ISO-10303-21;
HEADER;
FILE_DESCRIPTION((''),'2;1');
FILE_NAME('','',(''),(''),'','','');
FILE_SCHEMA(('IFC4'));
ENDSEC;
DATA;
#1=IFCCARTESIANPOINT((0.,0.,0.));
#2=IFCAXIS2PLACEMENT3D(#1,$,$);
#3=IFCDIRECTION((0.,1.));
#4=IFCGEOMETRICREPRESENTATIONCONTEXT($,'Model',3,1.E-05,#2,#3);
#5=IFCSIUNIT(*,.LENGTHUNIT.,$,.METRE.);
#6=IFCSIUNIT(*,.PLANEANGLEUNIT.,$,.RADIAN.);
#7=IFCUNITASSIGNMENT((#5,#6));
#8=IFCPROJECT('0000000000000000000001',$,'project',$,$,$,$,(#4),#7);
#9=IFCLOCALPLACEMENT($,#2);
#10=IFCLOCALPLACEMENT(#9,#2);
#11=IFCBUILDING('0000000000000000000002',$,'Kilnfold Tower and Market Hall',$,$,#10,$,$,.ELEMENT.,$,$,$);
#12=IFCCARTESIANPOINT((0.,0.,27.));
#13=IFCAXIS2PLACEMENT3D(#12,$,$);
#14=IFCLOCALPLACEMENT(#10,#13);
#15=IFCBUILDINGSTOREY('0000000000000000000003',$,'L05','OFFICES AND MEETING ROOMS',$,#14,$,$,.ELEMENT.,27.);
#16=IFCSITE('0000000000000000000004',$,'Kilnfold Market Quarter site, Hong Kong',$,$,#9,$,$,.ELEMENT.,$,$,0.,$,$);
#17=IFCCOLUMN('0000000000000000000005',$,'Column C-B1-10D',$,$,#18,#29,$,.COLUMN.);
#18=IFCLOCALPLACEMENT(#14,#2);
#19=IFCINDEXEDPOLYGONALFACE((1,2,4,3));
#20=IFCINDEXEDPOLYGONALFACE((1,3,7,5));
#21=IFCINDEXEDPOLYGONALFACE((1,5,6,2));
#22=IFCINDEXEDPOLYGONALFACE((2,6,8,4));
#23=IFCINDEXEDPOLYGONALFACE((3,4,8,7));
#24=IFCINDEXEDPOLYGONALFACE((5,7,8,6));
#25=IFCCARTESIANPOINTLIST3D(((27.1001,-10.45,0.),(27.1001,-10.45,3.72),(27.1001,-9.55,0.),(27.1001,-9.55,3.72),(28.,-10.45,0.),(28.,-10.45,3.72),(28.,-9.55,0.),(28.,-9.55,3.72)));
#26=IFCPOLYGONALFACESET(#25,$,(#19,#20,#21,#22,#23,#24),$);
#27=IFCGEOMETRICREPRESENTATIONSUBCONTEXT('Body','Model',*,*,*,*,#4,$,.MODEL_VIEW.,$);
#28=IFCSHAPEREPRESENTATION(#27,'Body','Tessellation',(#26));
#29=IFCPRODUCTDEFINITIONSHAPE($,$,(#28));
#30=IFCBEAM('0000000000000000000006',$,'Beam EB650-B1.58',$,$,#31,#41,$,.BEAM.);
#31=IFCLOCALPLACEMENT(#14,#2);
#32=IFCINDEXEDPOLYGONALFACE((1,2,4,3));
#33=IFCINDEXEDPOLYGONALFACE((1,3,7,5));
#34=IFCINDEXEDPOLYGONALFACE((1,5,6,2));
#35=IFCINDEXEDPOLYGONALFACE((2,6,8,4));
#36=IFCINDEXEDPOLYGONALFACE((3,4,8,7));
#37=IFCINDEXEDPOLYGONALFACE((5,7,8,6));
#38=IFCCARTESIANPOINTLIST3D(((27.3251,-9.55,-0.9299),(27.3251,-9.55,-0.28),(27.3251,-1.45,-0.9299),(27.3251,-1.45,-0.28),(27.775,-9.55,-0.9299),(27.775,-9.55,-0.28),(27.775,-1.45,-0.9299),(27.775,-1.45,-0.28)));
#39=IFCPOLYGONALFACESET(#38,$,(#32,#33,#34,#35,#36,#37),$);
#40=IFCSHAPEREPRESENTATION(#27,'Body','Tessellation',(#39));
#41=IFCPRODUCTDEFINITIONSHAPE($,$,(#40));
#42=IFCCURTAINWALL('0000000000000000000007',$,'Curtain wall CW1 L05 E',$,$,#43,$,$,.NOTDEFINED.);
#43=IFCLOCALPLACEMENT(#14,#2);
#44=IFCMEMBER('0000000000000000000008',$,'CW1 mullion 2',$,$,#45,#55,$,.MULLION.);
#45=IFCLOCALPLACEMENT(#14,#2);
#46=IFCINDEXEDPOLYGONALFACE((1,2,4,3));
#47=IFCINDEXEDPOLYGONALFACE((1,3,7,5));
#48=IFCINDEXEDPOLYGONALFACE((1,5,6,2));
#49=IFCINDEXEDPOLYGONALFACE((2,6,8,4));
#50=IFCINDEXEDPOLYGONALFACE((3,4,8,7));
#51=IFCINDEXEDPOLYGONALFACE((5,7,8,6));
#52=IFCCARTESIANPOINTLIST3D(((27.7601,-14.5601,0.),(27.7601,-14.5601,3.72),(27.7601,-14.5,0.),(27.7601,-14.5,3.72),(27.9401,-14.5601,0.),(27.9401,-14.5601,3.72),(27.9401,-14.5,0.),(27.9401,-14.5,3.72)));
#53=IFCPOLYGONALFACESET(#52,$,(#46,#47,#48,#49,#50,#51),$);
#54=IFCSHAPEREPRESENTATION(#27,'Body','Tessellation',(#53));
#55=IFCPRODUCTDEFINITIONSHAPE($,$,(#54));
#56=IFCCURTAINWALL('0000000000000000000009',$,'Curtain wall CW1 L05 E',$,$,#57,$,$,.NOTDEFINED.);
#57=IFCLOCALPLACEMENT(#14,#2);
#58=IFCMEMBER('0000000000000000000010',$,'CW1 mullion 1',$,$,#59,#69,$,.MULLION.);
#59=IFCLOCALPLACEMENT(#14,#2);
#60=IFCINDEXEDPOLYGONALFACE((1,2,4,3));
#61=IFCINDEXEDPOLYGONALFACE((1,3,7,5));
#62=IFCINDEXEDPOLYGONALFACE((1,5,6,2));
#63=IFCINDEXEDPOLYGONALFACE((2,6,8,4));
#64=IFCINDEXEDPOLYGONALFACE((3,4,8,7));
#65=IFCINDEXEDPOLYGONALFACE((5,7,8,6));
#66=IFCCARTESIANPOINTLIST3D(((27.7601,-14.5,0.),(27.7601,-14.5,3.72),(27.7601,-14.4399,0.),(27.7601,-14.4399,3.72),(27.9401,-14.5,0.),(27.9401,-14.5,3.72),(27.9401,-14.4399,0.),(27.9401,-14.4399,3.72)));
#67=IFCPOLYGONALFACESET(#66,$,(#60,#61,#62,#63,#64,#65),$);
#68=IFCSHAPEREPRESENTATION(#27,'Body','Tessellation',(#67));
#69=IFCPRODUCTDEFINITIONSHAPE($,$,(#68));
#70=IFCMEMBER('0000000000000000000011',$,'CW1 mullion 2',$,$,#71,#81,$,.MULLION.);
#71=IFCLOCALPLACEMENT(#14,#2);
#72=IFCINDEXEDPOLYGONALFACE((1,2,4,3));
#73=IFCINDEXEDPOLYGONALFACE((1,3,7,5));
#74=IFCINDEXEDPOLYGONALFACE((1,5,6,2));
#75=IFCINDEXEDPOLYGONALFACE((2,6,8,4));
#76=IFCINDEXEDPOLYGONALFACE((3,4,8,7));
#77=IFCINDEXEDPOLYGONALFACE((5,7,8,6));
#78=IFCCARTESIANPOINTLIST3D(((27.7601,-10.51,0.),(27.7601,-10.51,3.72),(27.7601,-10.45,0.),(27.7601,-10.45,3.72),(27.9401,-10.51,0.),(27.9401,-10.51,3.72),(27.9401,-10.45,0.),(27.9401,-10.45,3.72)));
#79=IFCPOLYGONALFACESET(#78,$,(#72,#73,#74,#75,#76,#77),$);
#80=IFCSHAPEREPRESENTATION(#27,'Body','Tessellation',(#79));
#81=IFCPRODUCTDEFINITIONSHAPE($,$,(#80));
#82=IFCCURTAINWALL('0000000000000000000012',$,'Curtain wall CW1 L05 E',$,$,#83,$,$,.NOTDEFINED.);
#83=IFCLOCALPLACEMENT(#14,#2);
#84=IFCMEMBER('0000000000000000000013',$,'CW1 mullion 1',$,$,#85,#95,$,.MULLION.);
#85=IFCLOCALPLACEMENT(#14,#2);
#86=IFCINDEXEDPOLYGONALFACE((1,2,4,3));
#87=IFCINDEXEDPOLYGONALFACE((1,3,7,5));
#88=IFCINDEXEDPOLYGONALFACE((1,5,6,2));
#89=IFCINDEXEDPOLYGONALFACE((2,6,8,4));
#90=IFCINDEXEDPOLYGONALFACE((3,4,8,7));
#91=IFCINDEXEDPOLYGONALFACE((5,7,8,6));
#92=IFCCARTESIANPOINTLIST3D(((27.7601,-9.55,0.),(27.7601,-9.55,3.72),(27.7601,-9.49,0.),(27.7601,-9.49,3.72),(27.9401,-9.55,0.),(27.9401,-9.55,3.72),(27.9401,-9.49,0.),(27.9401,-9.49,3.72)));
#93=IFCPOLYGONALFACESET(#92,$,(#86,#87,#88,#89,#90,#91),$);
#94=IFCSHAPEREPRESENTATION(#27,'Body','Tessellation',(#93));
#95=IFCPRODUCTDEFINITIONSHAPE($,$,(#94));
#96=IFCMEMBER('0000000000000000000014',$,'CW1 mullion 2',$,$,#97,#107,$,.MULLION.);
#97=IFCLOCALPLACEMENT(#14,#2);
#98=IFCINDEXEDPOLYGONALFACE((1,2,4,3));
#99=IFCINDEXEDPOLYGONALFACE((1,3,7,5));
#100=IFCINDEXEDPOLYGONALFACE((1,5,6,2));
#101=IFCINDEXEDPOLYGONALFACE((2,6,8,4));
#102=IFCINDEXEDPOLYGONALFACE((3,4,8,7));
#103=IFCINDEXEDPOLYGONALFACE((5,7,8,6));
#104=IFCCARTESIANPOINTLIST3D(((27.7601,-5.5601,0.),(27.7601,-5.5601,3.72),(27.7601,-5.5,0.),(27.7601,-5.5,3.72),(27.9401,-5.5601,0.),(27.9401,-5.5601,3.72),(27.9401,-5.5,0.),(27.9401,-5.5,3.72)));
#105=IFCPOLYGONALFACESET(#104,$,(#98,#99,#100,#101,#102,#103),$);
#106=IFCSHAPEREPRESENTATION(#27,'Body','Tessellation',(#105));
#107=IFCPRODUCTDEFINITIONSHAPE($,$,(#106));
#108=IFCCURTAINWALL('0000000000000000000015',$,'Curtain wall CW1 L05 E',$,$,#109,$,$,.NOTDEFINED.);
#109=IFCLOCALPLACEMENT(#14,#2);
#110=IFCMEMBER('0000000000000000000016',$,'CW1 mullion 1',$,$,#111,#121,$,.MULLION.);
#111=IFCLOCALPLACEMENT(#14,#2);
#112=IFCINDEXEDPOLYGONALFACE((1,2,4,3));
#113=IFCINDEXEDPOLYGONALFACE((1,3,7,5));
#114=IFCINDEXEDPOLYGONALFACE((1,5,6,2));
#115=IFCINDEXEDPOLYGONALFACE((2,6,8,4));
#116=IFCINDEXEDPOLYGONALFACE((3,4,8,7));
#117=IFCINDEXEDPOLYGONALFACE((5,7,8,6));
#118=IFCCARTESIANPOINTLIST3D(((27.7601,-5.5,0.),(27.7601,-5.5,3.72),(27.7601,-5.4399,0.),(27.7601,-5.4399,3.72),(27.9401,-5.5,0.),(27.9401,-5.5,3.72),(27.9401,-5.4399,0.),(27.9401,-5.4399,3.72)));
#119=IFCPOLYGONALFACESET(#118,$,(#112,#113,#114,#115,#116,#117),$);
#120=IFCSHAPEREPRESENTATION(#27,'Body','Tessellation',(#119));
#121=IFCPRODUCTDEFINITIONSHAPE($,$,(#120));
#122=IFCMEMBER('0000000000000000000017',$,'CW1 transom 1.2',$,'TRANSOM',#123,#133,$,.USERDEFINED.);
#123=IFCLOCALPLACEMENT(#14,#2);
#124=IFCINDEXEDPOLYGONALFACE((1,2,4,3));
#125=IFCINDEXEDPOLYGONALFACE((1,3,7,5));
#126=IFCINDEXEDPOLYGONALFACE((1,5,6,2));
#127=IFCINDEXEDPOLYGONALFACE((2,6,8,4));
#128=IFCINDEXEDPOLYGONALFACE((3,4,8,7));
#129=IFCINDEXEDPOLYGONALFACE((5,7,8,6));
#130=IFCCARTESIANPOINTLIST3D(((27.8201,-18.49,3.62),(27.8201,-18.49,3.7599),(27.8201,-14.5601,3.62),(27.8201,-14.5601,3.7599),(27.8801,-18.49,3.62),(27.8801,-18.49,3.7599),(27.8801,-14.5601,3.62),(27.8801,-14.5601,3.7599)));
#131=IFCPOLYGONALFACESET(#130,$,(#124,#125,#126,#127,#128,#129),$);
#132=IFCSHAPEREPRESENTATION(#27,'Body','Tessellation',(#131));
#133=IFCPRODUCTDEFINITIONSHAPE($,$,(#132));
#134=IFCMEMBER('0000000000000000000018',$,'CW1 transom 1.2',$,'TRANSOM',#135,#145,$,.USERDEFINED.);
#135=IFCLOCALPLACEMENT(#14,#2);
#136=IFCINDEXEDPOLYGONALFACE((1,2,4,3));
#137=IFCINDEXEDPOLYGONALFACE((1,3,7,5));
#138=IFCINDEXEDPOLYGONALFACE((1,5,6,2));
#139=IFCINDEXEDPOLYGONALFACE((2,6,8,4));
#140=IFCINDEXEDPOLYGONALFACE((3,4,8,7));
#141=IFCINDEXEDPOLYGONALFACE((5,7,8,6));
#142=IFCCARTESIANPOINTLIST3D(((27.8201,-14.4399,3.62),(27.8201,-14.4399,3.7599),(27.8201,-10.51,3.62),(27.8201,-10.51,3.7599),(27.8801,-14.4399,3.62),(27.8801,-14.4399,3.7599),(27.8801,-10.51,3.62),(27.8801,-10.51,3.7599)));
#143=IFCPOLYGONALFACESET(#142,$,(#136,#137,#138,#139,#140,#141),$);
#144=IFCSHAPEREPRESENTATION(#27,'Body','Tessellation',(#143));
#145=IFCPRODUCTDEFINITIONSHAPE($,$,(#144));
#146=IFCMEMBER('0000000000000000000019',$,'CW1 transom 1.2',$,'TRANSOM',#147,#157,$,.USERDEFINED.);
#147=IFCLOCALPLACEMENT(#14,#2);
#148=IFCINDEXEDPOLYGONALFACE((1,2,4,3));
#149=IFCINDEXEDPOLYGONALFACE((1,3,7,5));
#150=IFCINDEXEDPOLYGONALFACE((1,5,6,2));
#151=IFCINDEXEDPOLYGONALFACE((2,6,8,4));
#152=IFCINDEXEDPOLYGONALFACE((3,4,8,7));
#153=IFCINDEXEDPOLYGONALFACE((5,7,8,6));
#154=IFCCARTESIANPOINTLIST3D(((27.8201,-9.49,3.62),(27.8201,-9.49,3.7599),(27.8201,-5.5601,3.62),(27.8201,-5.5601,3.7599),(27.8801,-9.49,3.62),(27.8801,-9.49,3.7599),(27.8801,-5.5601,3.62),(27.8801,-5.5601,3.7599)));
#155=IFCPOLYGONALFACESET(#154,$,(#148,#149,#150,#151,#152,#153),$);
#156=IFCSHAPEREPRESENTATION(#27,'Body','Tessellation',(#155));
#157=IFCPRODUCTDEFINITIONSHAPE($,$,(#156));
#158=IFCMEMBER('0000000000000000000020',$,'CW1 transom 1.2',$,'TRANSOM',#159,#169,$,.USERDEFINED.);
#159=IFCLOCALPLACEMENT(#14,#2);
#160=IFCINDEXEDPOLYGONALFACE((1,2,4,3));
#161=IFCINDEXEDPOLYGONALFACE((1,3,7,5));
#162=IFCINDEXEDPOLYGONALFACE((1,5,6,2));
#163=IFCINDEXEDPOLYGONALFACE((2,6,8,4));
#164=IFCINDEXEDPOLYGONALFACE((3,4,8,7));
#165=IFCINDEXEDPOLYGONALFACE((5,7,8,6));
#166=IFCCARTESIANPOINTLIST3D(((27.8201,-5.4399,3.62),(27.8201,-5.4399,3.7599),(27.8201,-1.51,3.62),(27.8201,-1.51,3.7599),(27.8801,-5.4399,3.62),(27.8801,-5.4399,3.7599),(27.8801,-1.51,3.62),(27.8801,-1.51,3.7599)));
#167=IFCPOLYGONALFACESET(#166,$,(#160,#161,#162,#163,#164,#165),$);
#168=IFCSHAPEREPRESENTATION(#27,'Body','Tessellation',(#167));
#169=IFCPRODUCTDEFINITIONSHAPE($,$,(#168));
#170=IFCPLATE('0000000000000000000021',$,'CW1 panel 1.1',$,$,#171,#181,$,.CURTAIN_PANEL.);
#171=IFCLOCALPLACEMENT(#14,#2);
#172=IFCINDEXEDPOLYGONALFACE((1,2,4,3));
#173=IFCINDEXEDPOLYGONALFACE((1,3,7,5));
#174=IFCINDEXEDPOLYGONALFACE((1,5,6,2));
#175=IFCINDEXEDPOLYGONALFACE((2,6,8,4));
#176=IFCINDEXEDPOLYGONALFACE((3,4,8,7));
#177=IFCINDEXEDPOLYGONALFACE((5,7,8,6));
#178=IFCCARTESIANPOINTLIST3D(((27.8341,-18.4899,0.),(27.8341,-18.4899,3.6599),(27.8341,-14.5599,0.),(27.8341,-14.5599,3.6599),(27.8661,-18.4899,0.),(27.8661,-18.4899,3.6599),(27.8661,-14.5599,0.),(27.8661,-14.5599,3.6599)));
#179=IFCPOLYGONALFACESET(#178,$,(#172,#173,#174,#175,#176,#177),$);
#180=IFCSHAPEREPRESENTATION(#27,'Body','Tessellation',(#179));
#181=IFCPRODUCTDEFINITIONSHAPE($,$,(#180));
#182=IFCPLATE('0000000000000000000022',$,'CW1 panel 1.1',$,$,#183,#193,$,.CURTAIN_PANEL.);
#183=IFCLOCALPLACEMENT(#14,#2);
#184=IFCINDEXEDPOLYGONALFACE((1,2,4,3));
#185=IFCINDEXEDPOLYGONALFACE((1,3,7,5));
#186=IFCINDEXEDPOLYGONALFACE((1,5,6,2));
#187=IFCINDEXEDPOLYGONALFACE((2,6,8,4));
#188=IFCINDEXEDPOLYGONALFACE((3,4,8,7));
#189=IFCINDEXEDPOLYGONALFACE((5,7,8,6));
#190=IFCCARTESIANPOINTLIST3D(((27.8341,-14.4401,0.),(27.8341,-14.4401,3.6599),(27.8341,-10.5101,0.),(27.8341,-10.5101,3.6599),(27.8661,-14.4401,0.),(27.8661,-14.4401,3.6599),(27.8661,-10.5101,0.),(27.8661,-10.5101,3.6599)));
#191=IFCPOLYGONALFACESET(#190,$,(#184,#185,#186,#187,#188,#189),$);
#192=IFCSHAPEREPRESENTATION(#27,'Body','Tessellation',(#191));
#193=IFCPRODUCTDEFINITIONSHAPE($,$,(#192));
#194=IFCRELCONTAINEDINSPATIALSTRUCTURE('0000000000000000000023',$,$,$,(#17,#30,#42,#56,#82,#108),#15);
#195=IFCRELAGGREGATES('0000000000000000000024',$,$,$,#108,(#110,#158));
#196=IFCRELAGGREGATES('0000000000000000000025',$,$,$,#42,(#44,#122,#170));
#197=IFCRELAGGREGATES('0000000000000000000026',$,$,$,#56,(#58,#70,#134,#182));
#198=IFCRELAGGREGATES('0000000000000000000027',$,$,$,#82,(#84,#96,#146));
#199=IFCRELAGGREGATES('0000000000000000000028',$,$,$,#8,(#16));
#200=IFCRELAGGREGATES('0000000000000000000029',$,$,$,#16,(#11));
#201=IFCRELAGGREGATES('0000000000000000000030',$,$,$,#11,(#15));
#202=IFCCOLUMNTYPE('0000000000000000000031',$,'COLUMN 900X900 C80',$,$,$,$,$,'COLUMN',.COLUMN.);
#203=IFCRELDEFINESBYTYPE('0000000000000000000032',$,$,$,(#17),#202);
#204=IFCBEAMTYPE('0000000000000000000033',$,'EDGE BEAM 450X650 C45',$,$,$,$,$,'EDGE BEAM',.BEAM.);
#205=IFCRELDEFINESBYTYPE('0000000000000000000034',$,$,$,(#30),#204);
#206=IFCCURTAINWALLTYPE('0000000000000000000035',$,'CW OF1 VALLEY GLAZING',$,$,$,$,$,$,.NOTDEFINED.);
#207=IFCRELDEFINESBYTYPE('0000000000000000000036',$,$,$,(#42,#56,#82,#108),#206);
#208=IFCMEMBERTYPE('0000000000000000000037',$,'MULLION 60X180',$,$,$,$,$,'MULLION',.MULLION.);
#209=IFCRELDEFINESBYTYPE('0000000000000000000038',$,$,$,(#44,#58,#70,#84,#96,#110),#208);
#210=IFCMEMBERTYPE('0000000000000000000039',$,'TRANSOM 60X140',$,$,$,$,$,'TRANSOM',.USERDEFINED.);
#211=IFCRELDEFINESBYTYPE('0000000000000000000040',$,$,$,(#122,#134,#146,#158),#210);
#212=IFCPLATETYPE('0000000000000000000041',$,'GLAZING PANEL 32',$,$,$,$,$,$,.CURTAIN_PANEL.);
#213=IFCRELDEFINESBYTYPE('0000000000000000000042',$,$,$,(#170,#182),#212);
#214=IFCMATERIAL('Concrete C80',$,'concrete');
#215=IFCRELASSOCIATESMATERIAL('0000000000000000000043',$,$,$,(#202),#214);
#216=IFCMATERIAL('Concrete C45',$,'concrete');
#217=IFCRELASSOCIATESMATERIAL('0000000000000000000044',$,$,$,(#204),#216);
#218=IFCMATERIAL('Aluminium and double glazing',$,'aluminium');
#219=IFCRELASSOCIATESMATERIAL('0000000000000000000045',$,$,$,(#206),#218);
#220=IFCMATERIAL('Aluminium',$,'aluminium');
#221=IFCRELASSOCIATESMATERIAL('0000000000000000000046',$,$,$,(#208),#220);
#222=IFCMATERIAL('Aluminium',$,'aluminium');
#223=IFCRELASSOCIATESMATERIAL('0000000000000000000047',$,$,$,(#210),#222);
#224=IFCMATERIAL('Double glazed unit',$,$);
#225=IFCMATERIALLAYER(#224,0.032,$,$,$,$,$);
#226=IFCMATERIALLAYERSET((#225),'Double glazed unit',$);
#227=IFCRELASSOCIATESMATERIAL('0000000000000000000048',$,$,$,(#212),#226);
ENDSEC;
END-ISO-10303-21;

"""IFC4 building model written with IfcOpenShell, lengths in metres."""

from ifc_helpers import new_model, si_unit, direction, frame, origin, origin_2d, place, context, subcontext, project, spatial, rectangle, extrude, source, transform, mapped, material, layer, layer_set, material_profile, profile_set, type_object, element, aggregate, save


model = new_model("IFC4")

# Units and contexts
model_context = context("Model", 3, precision=1e-05, world=origin(), true_north=direction((0.0, 1.0)))
body_context = subcontext(model_context, "Body", "Model", "MODEL_VIEW")
ifc_project = project(units=[si_unit("LENGTHUNIT", "METRE"), si_unit("PLANEANGLEUNIT", "RADIAN")], contexts=[model_context])

# Site, building, storey
site_placement = place(None, origin())
site = spatial("IfcSite", under=ifc_project, at=site_placement, Name="Kilnfold Market Quarter site, Hong Kong", CompositionType="ELEMENT", RefElevation=0.0)
building_placement = place(site_placement, origin())
building = spatial("IfcBuilding", under=site, at=building_placement, Name="Kilnfold Tower and Market Hall", CompositionType="ELEMENT")
storey_placement = place(building_placement, frame((0.0, 0.0, 27.0)))
storey = spatial("IfcBuildingStorey", under=building, at=storey_placement, Name="L05", Description="OFFICES AND MEETING ROOMS", CompositionType="ELEMENT", Elevation=27.0)

# Column
ifc_material_1 = material(Name="Concrete C80", Category="concrete")
ifc_material_profile_1 = material_profile(ifc_material_1, rectangle(XDim=0.8999, YDim=0.8999, at=origin_2d()), Name="RC 900x900")
ifc_profile_set_1 = profile_set([ifc_material_profile_1], Name="Concrete C80")
column_type = type_object("IfcColumnType", Name="COLUMN 900X900 C80", ElementType="COLUMN", PredefinedType="COLUMN", material=ifc_profile_set_1)
shared_shape_1 = source(origin(), body_context, "Body", "SweptSolid", [
    extrude(rectangle(XDim=0.8999, YDim=0.8999, at=origin_2d()), origin(), (0.0, 0.0, 1.0), 3.72),
])
column_placement = place(storey_placement, frame((27.55, -10.0, 0.0), z_axis=(0.0, 0.0, 1.0), x_axis=(1.0, 0.0, 0.0)))
element("IfcColumn", 1, at=column_placement, inside=storey, type_object=column_type, Name="Column C-B1-10D", PredefinedType="COLUMN", context=body_context, shape_type="MappedRepresentation", body=[
    mapped(shared_shape_1, transform((0.0, 0.0, 0.0))),
])

# Beam
ifc_material_2 = material(Name="Concrete C45", Category="concrete")
ifc_material_profile_2 = material_profile(ifc_material_2, rectangle(XDim=0.45, YDim=0.6499, at=origin_2d()), Name="RC 450x650")
ifc_profile_set_2 = profile_set([ifc_material_profile_2], Name="Concrete C45")
beam_type = type_object("IfcBeamType", Name="EDGE BEAM 450X650 C45", ElementType="EDGE BEAM", PredefinedType="BEAM", material=ifc_profile_set_2)
shared_shape_2 = source(origin(), body_context, "Body", "SweptSolid", [
    extrude(rectangle(XDim=0.45, YDim=0.6499, at=origin_2d()), origin(), (0.0, 0.0, 1.0), 8.1001),
])
beam_placement = place(storey_placement, frame((27.55, -9.55, -0.605), z_axis=(0.0, 1.0, 0.0), x_axis=(-1.0, 0.0, 0.0)))
element("IfcBeam", 2, at=beam_placement, inside=storey, type_object=beam_type, Name="Beam EB650-B1.58", PredefinedType="BEAM", context=body_context, shape_type="MappedRepresentation", body=[
    mapped(shared_shape_2, transform((0.0, 0.0, 0.0))),
])

# Curtain wall, member
ifc_material_3 = material(Name="Aluminium and double glazing", Category="aluminium")
curtain_wall_type = type_object("IfcCurtainWallType", Name="CW OF1 VALLEY GLAZING", PredefinedType="NOTDEFINED", material=ifc_material_3)
curtain_wall_1_placement = place(storey_placement, origin())
curtain_wall_1 = element("IfcCurtainWall", 3, at=curtain_wall_1_placement, inside=storey, type_object=curtain_wall_type, Name="Curtain wall CW1 L05 E", PredefinedType="NOTDEFINED")
ifc_material_4 = material(Name="Aluminium", Category="aluminium")
ifc_material_profile_3 = material_profile(ifc_material_4, rectangle(XDim=0.0601, YDim=0.1799, at=origin_2d()), Name="MULLION 60x180")
ifc_profile_set_3 = profile_set([ifc_material_profile_3], Name="Aluminium")
member_type_1 = type_object("IfcMemberType", Name="MULLION 60X180", ElementType="MULLION", PredefinedType="MULLION", material=ifc_profile_set_3)
shared_shape_3 = source(origin(), body_context, "Body", "SweptSolid", [
    extrude(rectangle(XDim=0.0601, YDim=0.1799, at=origin_2d()), origin(), (0.0, 0.0, 1.0), 3.72),
])
member_1_placement = place(storey_placement, frame((27.8501, -14.53, 0.0), z_axis=(0.0, 0.0, 1.0), x_axis=(0.0, 1.0, 0.0)))
member_1 = element("IfcMember", 4, at=member_1_placement, type_object=member_type_1, Name="CW1 mullion 2", PredefinedType="MULLION", context=body_context, shape_type="MappedRepresentation", body=[
    mapped(shared_shape_3, transform((0.0, 0.0, 0.0))),
])

# Curtain walls, members
curtain_wall_2_placement = place(storey_placement, origin())
curtain_wall_2 = element("IfcCurtainWall", 5, at=curtain_wall_2_placement, inside=storey, type_object=curtain_wall_type, Name="Curtain wall CW1 L05 E", PredefinedType="NOTDEFINED")
member_2_placement = place(storey_placement, frame((27.8501, -14.47, 0.0), z_axis=(0.0, 0.0, 1.0), x_axis=(0.0, 1.0, 0.0)))
member_2 = element("IfcMember", 6, at=member_2_placement, type_object=member_type_1, Name="CW1 mullion 1", PredefinedType="MULLION", context=body_context, shape_type="MappedRepresentation", body=[
    mapped(shared_shape_3, transform((0.0, 0.0, 0.0))),
])
member_3_placement = place(storey_placement, frame((27.8501, -10.48, 0.0), z_axis=(0.0, 0.0, 1.0), x_axis=(0.0, 1.0, 0.0)))
member_3 = element("IfcMember", 7, at=member_3_placement, type_object=member_type_1, Name="CW1 mullion 2", PredefinedType="MULLION", context=body_context, shape_type="MappedRepresentation", body=[
    mapped(shared_shape_3, transform((0.0, 0.0, 0.0))),
])
curtain_wall_3_placement = place(storey_placement, origin())
curtain_wall_3 = element("IfcCurtainWall", 8, at=curtain_wall_3_placement, inside=storey, type_object=curtain_wall_type, Name="Curtain wall CW1 L05 E", PredefinedType="NOTDEFINED")
member_4_placement = place(storey_placement, frame((27.8501, -9.52, 0.0), z_axis=(0.0, 0.0, 1.0), x_axis=(0.0, 1.0, 0.0)))
member_4 = element("IfcMember", 9, at=member_4_placement, type_object=member_type_1, Name="CW1 mullion 1", PredefinedType="MULLION", context=body_context, shape_type="MappedRepresentation", body=[
    mapped(shared_shape_3, transform((0.0, 0.0, 0.0))),
])
member_5_placement = place(storey_placement, frame((27.8501, -5.53, 0.0), z_axis=(0.0, 0.0, 1.0), x_axis=(0.0, 1.0, 0.0)))
member_5 = element("IfcMember", 10, at=member_5_placement, type_object=member_type_1, Name="CW1 mullion 2", PredefinedType="MULLION", context=body_context, shape_type="MappedRepresentation", body=[
    mapped(shared_shape_3, transform((0.0, 0.0, 0.0))),
])

# Curtain wall, member
curtain_wall_4_placement = place(storey_placement, origin())
curtain_wall_4 = element("IfcCurtainWall", 11, at=curtain_wall_4_placement, inside=storey, type_object=curtain_wall_type, Name="Curtain wall CW1 L05 E", PredefinedType="NOTDEFINED")
member_6_placement = place(storey_placement, frame((27.8501, -5.47, 0.0), z_axis=(0.0, 0.0, 1.0), x_axis=(0.0, 1.0, 0.0)))
member_6 = element("IfcMember", 12, at=member_6_placement, type_object=member_type_1, Name="CW1 mullion 1", PredefinedType="MULLION", context=body_context, shape_type="MappedRepresentation", body=[
    mapped(shared_shape_3, transform((0.0, 0.0, 0.0))),
])

# Members
ifc_material_5 = material(Name="Aluminium", Category="aluminium")
ifc_material_profile_4 = material_profile(ifc_material_5, rectangle(XDim=0.0601, YDim=0.1399, at=origin_2d()), Name="TRANSOM 60x140")
ifc_profile_set_4 = profile_set([ifc_material_profile_4], Name="Aluminium")
member_type_2 = type_object("IfcMemberType", Name="TRANSOM 60X140", ElementType="TRANSOM", PredefinedType="USERDEFINED", material=ifc_profile_set_4)
shared_shape_4 = source(origin(), body_context, "Body", "SweptSolid", [
    extrude(rectangle(XDim=0.0601, YDim=0.1399, at=origin_2d()), origin(), (0.0, 0.0, 1.0), 3.9299),
])
member_7_placement = place(storey_placement, frame((27.8501, -18.49, 3.6899), z_axis=(0.0, 1.0, 0.0), x_axis=(-1.0, 0.0, 0.0)))
member_7 = element("IfcMember", 13, at=member_7_placement, type_object=member_type_2, Name="CW1 transom 1.2", ObjectType="TRANSOM", PredefinedType="USERDEFINED", context=body_context, shape_type="MappedRepresentation", body=[
    mapped(shared_shape_4, transform((0.0, 0.0, 0.0))),
])
member_8_placement = place(storey_placement, frame((27.8501, -14.4399, 3.6899), z_axis=(0.0, 1.0, 0.0), x_axis=(-1.0, 0.0, 0.0)))
member_8 = element("IfcMember", 14, at=member_8_placement, type_object=member_type_2, Name="CW1 transom 1.2", ObjectType="TRANSOM", PredefinedType="USERDEFINED", context=body_context, shape_type="MappedRepresentation", body=[
    mapped(shared_shape_4, transform((0.0, 0.0, 0.0))),
])
member_9_placement = place(storey_placement, frame((27.8501, -9.49, 3.6899), z_axis=(0.0, 1.0, 0.0), x_axis=(-1.0, 0.0, 0.0)))
member_9 = element("IfcMember", 15, at=member_9_placement, type_object=member_type_2, Name="CW1 transom 1.2", ObjectType="TRANSOM", PredefinedType="USERDEFINED", context=body_context, shape_type="MappedRepresentation", body=[
    mapped(shared_shape_4, transform((0.0, 0.0, 0.0))),
])
member_10_placement = place(storey_placement, frame((27.8501, -5.4399, 3.6899), z_axis=(0.0, 1.0, 0.0), x_axis=(-1.0, 0.0, 0.0)))
member_10 = element("IfcMember", 16, at=member_10_placement, type_object=member_type_2, Name="CW1 transom 1.2", ObjectType="TRANSOM", PredefinedType="USERDEFINED", context=body_context, shape_type="MappedRepresentation", body=[
    mapped(shared_shape_4, transform((0.0, 0.0, 0.0))),
])
aggregate(curtain_wall_4, [member_6, member_10])

# Plates
ifc_material_6 = material(Name="Double glazed unit")
ifc_layer_1 = layer(ifc_material_6, 0.032)
ifc_layer_set_1 = layer_set([ifc_layer_1], Name="Double glazed unit")
plate_type = type_object("IfcPlateType", Name="GLAZING PANEL 32", PredefinedType="CURTAIN_PANEL", material=ifc_layer_set_1)
shared_shape_5 = source(origin(), body_context, "Body", "SweptSolid", [
    extrude(rectangle(XDim=3.9299, YDim=0.032, at=origin_2d()), origin(), (0.0, 0.0, 1.0), 3.6599),
])
plate_1_placement = place(storey_placement, frame((27.8501, -16.5249, 0.0), z_axis=(0.0, 0.0, 1.0), x_axis=(0.0, 1.0, 0.0)))
plate_1 = element("IfcPlate", 17, at=plate_1_placement, type_object=plate_type, Name="CW1 panel 1.1", PredefinedType="CURTAIN_PANEL", context=body_context, shape_type="MappedRepresentation", body=[
    mapped(shared_shape_5, transform((0.0, 0.0, 0.0))),
])
aggregate(curtain_wall_1, [member_1, member_7, plate_1])
plate_2_placement = place(storey_placement, frame((27.8501, -12.4751, 0.0), z_axis=(0.0, 0.0, 1.0), x_axis=(0.0, 1.0, 0.0)))
plate_2 = element("IfcPlate", 18, at=plate_2_placement, type_object=plate_type, Name="CW1 panel 1.1", PredefinedType="CURTAIN_PANEL", context=body_context, shape_type="MappedRepresentation", body=[
    mapped(shared_shape_5, transform((0.0, 0.0, 0.0))),
])
aggregate(curtain_wall_2, [member_2, member_3, member_8, plate_2])
aggregate(curtain_wall_3, [member_4, member_5, member_9])

save(model, "model.ifc")
